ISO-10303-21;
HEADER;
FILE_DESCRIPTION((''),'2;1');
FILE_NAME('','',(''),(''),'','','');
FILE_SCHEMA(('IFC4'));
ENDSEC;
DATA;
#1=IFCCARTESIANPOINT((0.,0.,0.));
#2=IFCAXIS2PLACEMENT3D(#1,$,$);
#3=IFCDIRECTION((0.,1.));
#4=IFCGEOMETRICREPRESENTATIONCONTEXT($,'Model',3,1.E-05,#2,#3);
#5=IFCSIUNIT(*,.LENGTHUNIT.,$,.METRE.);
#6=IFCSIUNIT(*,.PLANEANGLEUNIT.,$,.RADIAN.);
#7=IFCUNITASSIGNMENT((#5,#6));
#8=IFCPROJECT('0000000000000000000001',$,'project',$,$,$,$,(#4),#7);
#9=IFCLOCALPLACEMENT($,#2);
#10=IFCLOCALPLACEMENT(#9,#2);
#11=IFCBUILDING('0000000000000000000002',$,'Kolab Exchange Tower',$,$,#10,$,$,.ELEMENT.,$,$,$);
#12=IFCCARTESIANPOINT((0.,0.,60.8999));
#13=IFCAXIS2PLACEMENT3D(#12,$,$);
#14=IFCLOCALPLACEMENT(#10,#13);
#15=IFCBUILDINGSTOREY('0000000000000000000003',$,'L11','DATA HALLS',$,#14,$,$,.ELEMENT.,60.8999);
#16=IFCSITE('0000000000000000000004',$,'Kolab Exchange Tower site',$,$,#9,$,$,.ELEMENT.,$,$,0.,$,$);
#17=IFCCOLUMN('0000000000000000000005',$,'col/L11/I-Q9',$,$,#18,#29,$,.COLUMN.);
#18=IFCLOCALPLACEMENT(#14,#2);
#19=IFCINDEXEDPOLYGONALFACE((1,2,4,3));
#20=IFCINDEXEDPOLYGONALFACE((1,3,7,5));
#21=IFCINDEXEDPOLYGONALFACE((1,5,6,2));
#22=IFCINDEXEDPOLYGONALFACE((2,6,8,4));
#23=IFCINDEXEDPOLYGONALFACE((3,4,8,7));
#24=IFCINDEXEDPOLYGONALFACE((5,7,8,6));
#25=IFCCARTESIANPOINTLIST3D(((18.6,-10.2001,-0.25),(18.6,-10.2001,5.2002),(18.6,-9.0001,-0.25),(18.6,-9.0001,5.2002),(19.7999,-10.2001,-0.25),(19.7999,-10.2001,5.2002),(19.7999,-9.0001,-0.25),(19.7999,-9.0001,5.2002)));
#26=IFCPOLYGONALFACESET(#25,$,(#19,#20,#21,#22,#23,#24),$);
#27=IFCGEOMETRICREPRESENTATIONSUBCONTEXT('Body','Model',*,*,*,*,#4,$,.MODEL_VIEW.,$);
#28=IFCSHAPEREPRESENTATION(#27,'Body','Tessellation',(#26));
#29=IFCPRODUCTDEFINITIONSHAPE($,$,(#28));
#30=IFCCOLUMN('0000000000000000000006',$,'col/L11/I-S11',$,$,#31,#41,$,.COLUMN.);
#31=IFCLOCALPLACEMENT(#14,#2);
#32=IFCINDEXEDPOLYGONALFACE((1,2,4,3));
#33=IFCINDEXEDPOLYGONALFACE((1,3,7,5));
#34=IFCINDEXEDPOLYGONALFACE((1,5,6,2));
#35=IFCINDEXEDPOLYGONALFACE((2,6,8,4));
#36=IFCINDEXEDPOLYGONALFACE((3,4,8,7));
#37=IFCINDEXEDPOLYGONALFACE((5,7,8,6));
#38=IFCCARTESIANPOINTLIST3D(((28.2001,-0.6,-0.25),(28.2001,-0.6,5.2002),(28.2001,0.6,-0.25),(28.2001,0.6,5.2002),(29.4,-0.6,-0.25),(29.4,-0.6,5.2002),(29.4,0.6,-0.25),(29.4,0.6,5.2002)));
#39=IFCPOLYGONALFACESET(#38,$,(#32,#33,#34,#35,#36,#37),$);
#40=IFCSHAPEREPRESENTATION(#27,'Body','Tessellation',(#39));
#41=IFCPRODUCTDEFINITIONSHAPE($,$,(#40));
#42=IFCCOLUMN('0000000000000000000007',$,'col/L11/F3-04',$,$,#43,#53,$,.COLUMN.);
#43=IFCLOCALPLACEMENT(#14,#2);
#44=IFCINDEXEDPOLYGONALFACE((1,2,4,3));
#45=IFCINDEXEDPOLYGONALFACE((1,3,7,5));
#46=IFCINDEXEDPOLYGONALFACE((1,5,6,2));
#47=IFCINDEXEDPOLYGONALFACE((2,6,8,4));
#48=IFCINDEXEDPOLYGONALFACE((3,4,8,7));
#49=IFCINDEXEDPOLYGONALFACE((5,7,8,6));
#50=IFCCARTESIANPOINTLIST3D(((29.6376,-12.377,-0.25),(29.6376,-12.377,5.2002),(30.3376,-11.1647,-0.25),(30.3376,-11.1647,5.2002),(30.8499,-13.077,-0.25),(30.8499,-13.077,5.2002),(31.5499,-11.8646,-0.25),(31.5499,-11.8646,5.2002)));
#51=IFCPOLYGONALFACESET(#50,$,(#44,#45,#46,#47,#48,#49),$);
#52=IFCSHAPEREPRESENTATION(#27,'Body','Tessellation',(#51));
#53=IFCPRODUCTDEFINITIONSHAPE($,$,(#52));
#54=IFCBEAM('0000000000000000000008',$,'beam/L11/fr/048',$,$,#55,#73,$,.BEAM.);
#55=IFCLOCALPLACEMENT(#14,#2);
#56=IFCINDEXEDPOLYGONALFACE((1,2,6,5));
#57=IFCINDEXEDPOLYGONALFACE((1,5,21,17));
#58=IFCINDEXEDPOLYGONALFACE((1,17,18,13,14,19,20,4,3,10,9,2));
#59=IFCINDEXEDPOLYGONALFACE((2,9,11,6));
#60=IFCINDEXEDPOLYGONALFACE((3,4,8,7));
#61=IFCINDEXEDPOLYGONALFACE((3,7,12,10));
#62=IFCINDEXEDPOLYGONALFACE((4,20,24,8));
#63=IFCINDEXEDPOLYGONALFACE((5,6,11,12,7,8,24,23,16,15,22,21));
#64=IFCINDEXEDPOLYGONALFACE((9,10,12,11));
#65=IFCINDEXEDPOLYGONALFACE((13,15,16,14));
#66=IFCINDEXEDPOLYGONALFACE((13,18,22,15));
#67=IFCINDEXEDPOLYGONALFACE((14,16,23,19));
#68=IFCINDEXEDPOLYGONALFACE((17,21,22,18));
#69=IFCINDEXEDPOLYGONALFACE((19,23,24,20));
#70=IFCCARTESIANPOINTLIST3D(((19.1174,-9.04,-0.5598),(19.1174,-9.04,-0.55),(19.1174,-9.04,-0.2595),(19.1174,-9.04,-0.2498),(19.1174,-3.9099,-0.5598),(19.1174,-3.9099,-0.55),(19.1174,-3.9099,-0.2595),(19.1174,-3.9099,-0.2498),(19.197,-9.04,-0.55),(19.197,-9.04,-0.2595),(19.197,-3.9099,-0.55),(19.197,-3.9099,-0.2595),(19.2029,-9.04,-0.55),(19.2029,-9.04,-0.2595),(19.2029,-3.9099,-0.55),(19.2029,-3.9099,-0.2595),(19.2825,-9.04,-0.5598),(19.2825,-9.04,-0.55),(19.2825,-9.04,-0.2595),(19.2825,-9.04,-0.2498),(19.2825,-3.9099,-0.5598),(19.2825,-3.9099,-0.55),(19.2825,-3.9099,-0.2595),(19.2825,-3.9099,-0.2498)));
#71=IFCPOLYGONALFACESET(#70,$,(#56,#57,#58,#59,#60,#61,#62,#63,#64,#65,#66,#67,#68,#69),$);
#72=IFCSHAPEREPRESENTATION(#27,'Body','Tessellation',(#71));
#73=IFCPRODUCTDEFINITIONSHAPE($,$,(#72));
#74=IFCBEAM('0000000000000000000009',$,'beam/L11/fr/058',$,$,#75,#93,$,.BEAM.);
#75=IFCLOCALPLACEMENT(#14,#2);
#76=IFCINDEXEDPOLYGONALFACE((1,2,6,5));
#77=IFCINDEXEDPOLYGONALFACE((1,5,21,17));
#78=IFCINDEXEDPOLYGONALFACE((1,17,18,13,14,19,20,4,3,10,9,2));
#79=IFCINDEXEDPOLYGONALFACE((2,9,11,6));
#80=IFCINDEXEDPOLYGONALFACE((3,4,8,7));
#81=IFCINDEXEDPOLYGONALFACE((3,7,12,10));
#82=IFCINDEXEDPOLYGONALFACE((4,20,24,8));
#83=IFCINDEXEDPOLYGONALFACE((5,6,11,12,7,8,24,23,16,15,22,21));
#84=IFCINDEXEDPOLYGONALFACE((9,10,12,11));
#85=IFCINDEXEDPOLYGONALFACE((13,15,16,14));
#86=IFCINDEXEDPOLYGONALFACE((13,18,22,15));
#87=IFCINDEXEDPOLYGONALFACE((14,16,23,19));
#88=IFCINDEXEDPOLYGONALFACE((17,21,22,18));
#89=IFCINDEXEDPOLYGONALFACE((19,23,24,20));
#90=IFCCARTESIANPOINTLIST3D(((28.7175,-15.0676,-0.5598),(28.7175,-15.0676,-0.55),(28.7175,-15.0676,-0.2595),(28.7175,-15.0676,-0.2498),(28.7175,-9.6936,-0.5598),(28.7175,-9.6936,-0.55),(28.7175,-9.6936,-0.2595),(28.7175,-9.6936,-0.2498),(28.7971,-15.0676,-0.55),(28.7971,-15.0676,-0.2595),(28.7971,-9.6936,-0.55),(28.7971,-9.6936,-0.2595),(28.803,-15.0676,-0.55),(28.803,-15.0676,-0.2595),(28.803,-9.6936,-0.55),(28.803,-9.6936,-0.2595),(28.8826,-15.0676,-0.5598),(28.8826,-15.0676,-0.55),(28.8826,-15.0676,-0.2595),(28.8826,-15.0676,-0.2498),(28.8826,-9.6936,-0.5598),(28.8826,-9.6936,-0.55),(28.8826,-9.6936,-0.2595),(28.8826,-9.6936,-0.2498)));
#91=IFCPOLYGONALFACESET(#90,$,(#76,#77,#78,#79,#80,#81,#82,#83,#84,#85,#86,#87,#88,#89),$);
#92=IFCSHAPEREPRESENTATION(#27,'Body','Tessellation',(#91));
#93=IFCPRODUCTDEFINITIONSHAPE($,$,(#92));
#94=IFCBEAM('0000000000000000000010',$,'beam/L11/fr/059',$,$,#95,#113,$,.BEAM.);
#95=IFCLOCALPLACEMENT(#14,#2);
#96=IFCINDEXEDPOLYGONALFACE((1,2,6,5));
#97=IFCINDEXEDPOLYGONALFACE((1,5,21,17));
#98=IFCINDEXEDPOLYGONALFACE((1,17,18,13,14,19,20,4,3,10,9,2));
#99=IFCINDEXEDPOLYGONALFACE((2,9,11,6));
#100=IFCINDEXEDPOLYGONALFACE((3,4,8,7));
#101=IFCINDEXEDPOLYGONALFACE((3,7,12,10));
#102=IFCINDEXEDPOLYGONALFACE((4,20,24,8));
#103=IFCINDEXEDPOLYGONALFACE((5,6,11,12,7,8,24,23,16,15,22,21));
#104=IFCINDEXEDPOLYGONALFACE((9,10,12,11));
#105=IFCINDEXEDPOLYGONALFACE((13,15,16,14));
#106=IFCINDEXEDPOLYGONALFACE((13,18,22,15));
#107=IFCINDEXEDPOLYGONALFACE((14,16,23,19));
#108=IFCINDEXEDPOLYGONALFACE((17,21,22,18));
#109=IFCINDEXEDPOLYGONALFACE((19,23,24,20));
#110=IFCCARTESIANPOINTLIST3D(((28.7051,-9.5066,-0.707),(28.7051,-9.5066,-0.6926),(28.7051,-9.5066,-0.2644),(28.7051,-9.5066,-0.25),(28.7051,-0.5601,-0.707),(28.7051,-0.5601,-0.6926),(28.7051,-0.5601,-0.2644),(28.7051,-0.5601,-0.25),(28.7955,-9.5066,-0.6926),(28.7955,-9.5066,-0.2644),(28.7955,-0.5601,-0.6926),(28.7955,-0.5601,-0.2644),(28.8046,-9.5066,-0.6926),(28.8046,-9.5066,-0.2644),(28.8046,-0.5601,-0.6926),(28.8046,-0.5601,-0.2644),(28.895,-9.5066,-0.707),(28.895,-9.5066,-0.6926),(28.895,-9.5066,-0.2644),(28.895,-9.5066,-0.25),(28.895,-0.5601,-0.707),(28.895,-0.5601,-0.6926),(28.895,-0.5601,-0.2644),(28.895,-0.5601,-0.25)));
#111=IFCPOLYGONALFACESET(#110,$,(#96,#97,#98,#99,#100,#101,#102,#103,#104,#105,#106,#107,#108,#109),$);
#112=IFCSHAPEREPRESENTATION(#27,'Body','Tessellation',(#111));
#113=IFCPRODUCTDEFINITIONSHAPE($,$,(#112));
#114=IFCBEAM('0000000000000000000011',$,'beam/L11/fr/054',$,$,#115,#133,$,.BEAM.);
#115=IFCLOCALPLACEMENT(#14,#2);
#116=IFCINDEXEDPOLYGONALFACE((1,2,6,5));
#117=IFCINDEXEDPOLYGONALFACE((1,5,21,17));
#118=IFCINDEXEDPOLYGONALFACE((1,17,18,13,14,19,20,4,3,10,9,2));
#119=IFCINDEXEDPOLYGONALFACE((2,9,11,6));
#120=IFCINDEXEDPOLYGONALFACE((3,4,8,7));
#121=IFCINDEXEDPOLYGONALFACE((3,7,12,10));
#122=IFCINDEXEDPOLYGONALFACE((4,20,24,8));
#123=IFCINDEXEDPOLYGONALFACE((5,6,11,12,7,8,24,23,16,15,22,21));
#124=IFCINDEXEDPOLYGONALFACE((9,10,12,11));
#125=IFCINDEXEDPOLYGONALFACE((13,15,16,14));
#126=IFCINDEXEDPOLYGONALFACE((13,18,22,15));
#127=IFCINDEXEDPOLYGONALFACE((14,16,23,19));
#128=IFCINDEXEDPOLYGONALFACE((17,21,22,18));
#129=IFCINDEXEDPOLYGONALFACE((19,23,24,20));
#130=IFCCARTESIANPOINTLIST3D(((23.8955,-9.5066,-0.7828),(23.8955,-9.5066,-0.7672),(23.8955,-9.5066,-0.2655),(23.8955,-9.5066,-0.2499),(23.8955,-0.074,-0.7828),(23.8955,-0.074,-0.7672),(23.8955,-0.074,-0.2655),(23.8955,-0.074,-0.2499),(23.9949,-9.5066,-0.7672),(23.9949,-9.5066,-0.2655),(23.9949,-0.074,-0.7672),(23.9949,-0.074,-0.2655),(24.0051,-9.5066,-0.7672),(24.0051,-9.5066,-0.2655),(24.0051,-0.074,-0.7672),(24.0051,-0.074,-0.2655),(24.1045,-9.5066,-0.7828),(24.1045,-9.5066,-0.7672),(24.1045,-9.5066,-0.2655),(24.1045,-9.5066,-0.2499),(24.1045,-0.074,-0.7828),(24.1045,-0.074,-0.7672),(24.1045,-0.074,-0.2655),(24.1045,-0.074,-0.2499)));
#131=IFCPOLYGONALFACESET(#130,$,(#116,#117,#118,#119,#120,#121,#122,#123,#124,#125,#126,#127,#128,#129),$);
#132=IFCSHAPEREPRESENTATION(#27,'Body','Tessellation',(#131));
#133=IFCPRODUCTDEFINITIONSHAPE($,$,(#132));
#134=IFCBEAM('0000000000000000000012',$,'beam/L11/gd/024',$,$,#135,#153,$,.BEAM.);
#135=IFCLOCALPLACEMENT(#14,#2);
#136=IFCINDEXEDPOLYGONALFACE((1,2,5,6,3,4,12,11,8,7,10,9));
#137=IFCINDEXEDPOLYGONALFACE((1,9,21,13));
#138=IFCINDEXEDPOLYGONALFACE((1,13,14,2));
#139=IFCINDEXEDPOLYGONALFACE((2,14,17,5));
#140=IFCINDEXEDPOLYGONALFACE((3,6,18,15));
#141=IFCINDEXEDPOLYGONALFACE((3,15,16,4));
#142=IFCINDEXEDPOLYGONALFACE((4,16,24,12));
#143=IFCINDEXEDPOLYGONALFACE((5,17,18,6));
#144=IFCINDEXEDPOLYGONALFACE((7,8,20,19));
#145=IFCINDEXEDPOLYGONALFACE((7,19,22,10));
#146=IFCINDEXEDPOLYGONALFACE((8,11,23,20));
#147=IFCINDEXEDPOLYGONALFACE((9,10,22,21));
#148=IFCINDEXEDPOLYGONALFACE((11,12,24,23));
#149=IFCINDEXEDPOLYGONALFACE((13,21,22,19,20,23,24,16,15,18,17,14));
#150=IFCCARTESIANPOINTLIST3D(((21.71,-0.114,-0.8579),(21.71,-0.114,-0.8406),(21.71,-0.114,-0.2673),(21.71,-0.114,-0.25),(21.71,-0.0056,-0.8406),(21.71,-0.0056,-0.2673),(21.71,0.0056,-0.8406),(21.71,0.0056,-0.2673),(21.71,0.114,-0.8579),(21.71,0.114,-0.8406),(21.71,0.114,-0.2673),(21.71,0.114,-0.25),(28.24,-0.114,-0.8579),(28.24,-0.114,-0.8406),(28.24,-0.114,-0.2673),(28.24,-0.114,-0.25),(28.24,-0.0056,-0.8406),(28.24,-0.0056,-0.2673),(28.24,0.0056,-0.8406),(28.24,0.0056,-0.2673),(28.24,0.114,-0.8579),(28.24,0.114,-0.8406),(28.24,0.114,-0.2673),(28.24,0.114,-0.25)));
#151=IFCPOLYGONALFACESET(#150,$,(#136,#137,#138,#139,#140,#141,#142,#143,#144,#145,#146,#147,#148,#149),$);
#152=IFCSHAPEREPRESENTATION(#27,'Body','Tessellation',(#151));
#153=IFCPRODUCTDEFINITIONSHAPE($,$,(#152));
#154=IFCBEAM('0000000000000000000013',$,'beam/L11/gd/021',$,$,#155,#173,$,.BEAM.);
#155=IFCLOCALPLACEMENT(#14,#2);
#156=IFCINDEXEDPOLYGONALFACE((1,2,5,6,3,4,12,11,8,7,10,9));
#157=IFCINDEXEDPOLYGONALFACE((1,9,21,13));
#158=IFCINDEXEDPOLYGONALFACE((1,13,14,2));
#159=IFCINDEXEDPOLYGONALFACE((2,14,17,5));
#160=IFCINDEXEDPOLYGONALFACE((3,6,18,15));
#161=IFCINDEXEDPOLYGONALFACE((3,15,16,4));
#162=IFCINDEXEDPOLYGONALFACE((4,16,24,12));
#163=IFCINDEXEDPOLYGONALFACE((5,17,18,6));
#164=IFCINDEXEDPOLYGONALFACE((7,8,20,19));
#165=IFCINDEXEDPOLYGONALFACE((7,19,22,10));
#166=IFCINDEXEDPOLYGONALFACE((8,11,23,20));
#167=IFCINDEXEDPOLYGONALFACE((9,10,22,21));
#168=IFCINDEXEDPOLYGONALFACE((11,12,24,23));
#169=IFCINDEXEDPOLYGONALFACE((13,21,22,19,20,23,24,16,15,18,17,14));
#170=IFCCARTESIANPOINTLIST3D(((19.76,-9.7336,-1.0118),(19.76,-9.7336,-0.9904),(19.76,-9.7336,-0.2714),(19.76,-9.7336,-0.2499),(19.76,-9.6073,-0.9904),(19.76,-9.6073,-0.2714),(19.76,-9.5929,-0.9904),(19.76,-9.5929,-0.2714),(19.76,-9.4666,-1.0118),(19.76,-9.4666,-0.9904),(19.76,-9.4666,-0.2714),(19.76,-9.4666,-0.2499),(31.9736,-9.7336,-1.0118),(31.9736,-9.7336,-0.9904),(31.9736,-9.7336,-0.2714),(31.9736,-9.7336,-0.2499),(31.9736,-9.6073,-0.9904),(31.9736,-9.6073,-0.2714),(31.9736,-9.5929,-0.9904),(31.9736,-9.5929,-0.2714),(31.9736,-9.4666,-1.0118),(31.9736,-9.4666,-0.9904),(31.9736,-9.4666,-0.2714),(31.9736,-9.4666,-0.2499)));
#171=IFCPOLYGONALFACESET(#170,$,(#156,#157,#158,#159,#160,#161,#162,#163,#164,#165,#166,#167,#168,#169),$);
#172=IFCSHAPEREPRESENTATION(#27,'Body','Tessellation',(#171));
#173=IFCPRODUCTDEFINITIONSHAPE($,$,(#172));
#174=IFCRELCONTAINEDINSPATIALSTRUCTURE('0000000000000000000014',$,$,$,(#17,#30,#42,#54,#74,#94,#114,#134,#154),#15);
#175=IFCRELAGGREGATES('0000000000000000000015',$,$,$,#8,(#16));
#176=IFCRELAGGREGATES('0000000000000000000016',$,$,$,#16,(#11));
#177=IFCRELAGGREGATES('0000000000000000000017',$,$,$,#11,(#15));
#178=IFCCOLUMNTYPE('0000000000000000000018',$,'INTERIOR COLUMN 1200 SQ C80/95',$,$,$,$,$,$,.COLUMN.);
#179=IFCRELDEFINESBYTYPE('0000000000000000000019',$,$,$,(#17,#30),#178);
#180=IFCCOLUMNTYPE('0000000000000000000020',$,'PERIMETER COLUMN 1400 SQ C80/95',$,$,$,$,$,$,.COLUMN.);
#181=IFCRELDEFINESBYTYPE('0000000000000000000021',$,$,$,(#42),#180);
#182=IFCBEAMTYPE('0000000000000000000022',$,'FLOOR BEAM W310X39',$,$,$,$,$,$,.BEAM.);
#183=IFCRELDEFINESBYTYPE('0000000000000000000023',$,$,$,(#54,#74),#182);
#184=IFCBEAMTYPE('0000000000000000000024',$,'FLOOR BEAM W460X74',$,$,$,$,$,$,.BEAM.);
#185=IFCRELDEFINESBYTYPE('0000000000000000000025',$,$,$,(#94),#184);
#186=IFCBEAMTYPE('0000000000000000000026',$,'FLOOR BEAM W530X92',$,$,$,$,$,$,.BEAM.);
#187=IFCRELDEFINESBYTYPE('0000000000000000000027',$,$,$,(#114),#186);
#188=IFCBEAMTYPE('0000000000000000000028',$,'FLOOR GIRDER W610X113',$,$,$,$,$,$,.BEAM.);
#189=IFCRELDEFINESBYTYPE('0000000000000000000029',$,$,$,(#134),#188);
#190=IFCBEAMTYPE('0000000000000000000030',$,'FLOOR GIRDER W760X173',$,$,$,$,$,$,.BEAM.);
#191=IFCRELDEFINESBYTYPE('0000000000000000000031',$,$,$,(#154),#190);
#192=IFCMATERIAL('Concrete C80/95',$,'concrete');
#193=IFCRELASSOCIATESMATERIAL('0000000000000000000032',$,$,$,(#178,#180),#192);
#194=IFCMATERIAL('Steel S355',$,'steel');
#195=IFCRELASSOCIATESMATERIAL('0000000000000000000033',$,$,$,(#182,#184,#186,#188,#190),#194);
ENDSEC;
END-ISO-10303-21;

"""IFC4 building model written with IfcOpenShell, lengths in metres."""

from ifc_helpers import new_model, si_unit, direction, frame, origin, origin_2d, place, context, subcontext, project, spatial, rectangle, i_section, extrude, material, material_profile, profile_set, type_object, element, save


model = new_model("IFC4")

# Units and contexts
model_context = context("Model", 3, precision=1e-05, world=origin(), true_north=direction((0.0, 1.0)))
body_context = subcontext(model_context, "Body", "Model", "MODEL_VIEW")
ifc_project = project(units=[si_unit("LENGTHUNIT", "METRE"), si_unit("PLANEANGLEUNIT", "RADIAN")], contexts=[model_context])

# Site, building, storey
site_placement = place(None, origin())
site = spatial("IfcSite", under=ifc_project, at=site_placement, Name="Kolab Exchange Tower site", CompositionType="ELEMENT", RefElevation=0.0)
building_placement = place(site_placement, origin())
building = spatial("IfcBuilding", under=site, at=building_placement, Name="Kolab Exchange Tower", CompositionType="ELEMENT")
storey_placement = place(building_placement, frame((0.0, 0.0, 60.8999)))
storey = spatial("IfcBuildingStorey", under=building, at=storey_placement, Name="L11", Description="DATA HALLS", CompositionType="ELEMENT", Elevation=60.8999)

# Columns
ifc_material_1 = material(Name="Concrete C80/95", Category="concrete")
ifc_material_profile_1 = material_profile(ifc_material_1, rectangle(XDim=1.2, YDim=1.2, at=origin_2d()), Name="RC1200")
ifc_profile_set_1 = profile_set([ifc_material_profile_1], Name="Concrete C80/95")
column_type_1 = type_object("IfcColumnType", Name="INTERIOR COLUMN 1200 SQ C80/95", PredefinedType="COLUMN", material=ifc_profile_set_1)
for number, where, z_axis, x_axis, name in (
    (1, (19.2, -9.6001, -0.25), (0.0, 0.0, 1.0), (1.0, 0.0, 0.0), "col/L11/I-Q9"),
    (2, (28.8, 0.0, -0.25), (0.0, 0.0, 1.0), (1.0, 0.0, 0.0), "col/L11/I-S11"),
):
    element("IfcColumn", number, at=place(storey_placement, frame(where, z_axis=z_axis, x_axis=x_axis)), inside=storey, type_object=column_type_1, Name=name, PredefinedType="COLUMN", context=body_context, shape_type="SweptSolid", body=[
        extrude(rectangle(XDim=1.2, YDim=1.2, at=origin_2d()), origin(), (0.0, 0.0, 1.0), 5.4502),
    ])
ifc_material_profile_2 = material_profile(ifc_material_1, rectangle(XDim=1.3999, YDim=1.3999, at=origin_2d()), Name="RC1400")
ifc_profile_set_2 = profile_set([ifc_material_profile_2], Name="Concrete C80/95")
column_type_2 = type_object("IfcColumnType", Name="PERIMETER COLUMN 1400 SQ C80/95", PredefinedType="COLUMN", material=ifc_profile_set_2)
column_placement = place(storey_placement, frame((30.5938, -12.1208, -0.25), z_axis=(0.0, 0.0, 1.0), x_axis=(0.5, 0.866025, 0.0)))
element("IfcColumn", 3, at=column_placement, inside=storey, type_object=column_type_2, Name="col/L11/F3-04", PredefinedType="COLUMN", context=body_context, shape_type="SweptSolid", body=[
    extrude(rectangle(XDim=1.3999, YDim=1.3999, at=origin_2d()), origin(), (0.0, 0.0, 1.0), 5.4502),
])

# Beams
ifc_material_2 = material(Name="Steel S355", Category="steel")
ifc_material_profile_3 = material_profile(ifc_material_2, i_section(OverallWidth=0.165, OverallDepth=0.3101, WebThickness=0.0059, FlangeThickness=0.0098, at=origin_2d()), Name="W310X39")
ifc_profile_set_3 = profile_set([ifc_material_profile_3], Name="Steel S355")
beam_type_1 = type_object("IfcBeamType", Name="FLOOR BEAM W310X39", PredefinedType="BEAM", material=ifc_profile_set_3)
beam_1_placement = place(storey_placement, frame((19.2, -9.04, -0.4048), z_axis=(0.0, 1.0, 0.0), x_axis=(-1.0, 0.0, 0.0)))
element("IfcBeam", 4, at=beam_1_placement, inside=storey, type_object=beam_type_1, Name="beam/L11/fr/048", PredefinedType="BEAM", context=body_context, shape_type="SweptSolid", body=[
    extrude(i_section(OverallWidth=0.165, OverallDepth=0.3101, WebThickness=0.0059, FlangeThickness=0.0098, at=origin_2d()), origin(), (0.0, 0.0, 1.0), 5.1301),
])
beam_2_placement = place(storey_placement, frame((28.8, -15.0676, -0.4048), z_axis=(0.0, 1.0, 0.0), x_axis=(-1.0, 0.0, 0.0)))
element("IfcBeam", 5, at=beam_2_placement, inside=storey, type_object=beam_type_1, Name="beam/L11/fr/058", PredefinedType="BEAM", context=body_context, shape_type="SweptSolid", body=[
    extrude(i_section(OverallWidth=0.165, OverallDepth=0.3101, WebThickness=0.0059, FlangeThickness=0.0098, at=origin_2d()), origin(), (0.0, 0.0, 1.0), 5.374),
])
ifc_material_profile_4 = material_profile(ifc_material_2, i_section(OverallWidth=0.1899, OverallDepth=0.457, WebThickness=0.009, FlangeThickness=0.0144, at=origin_2d()), Name="W460X74")
ifc_profile_set_4 = profile_set([ifc_material_profile_4], Name="Steel S355")
beam_type_2 = type_object("IfcBeamType", Name="FLOOR BEAM W460X74", PredefinedType="BEAM", material=ifc_profile_set_4)
beam_3_placement = place(storey_placement, frame((28.8, -9.5066, -0.4785), z_axis=(0.0, 1.0, 0.0), x_axis=(-1.0, 0.0, 0.0)))
element("IfcBeam", 6, at=beam_3_placement, inside=storey, type_object=beam_type_2, Name="beam/L11/fr/059", PredefinedType="BEAM", context=body_context, shape_type="SweptSolid", body=[
    extrude(i_section(OverallWidth=0.1899, OverallDepth=0.457, WebThickness=0.009, FlangeThickness=0.0144, at=origin_2d()), origin(), (0.0, 0.0, 1.0), 8.9465),
])
ifc_material_profile_5 = material_profile(ifc_material_2, i_section(OverallWidth=0.209, OverallDepth=0.533, WebThickness=0.0103, FlangeThickness=0.0156, at=origin_2d()), Name="W530X92")
ifc_profile_set_5 = profile_set([ifc_material_profile_5], Name="Steel S355")
beam_type_3 = type_object("IfcBeamType", Name="FLOOR BEAM W530X92", PredefinedType="BEAM", material=ifc_profile_set_5)
beam_4_placement = place(storey_placement, frame((24.0, -9.5066, -0.5164), z_axis=(0.0, 1.0, 0.0), x_axis=(-1.0, 0.0, 0.0)))
element("IfcBeam", 7, at=beam_4_placement, inside=storey, type_object=beam_type_3, Name="beam/L11/fr/054", PredefinedType="BEAM", context=body_context, shape_type="SweptSolid", body=[
    extrude(i_section(OverallWidth=0.209, OverallDepth=0.533, WebThickness=0.0103, FlangeThickness=0.0156, at=origin_2d()), origin(), (0.0, 0.0, 1.0), 9.4326),
])
ifc_material_profile_6 = material_profile(ifc_material_2, i_section(OverallWidth=0.228, OverallDepth=0.6079, WebThickness=0.0112, FlangeThickness=0.0173, at=origin_2d()), Name="W610X113")
ifc_profile_set_6 = profile_set([ifc_material_profile_6], Name="Steel S355")
beam_type_4 = type_object("IfcBeamType", Name="FLOOR GIRDER W610X113", PredefinedType="BEAM", material=ifc_profile_set_6)
beam_5_placement = place(storey_placement, frame((21.71, 0.0, -0.554), z_axis=(1.0, 0.0, 0.0), x_axis=(0.0, 1.0, 0.0)))
element("IfcBeam", 8, at=beam_5_placement, inside=storey, type_object=beam_type_4, Name="beam/L11/gd/024", PredefinedType="BEAM", context=body_context, shape_type="SweptSolid", body=[
    extrude(i_section(OverallWidth=0.228, OverallDepth=0.6079, WebThickness=0.0112, FlangeThickness=0.0173, at=origin_2d()), origin(), (0.0, 0.0, 1.0), 6.53),
])
ifc_material_profile_7 = material_profile(ifc_material_2, i_section(OverallWidth=0.2671, OverallDepth=0.762, WebThickness=0.0144, FlangeThickness=0.0215, at=origin_2d()), Name="W760X173")
ifc_profile_set_7 = profile_set([ifc_material_profile_7], Name="Steel S355")
beam_type_5 = type_object("IfcBeamType", Name="FLOOR GIRDER W760X173", PredefinedType="BEAM", material=ifc_profile_set_7)
beam_6_placement = place(storey_placement, frame((19.76, -9.6001, -0.6309), z_axis=(1.0, 0.0, 0.0), x_axis=(0.0, 1.0, 0.0)))
element("IfcBeam", 9, at=beam_6_placement, inside=storey, type_object=beam_type_5, Name="beam/L11/gd/021", PredefinedType="BEAM", context=body_context, shape_type="SweptSolid", body=[
    extrude(i_section(OverallWidth=0.2671, OverallDepth=0.762, WebThickness=0.0144, FlangeThickness=0.0215, at=origin_2d()), origin(), (0.0, 0.0, 1.0), 12.2136),
])

save(model, "model.ifc")
